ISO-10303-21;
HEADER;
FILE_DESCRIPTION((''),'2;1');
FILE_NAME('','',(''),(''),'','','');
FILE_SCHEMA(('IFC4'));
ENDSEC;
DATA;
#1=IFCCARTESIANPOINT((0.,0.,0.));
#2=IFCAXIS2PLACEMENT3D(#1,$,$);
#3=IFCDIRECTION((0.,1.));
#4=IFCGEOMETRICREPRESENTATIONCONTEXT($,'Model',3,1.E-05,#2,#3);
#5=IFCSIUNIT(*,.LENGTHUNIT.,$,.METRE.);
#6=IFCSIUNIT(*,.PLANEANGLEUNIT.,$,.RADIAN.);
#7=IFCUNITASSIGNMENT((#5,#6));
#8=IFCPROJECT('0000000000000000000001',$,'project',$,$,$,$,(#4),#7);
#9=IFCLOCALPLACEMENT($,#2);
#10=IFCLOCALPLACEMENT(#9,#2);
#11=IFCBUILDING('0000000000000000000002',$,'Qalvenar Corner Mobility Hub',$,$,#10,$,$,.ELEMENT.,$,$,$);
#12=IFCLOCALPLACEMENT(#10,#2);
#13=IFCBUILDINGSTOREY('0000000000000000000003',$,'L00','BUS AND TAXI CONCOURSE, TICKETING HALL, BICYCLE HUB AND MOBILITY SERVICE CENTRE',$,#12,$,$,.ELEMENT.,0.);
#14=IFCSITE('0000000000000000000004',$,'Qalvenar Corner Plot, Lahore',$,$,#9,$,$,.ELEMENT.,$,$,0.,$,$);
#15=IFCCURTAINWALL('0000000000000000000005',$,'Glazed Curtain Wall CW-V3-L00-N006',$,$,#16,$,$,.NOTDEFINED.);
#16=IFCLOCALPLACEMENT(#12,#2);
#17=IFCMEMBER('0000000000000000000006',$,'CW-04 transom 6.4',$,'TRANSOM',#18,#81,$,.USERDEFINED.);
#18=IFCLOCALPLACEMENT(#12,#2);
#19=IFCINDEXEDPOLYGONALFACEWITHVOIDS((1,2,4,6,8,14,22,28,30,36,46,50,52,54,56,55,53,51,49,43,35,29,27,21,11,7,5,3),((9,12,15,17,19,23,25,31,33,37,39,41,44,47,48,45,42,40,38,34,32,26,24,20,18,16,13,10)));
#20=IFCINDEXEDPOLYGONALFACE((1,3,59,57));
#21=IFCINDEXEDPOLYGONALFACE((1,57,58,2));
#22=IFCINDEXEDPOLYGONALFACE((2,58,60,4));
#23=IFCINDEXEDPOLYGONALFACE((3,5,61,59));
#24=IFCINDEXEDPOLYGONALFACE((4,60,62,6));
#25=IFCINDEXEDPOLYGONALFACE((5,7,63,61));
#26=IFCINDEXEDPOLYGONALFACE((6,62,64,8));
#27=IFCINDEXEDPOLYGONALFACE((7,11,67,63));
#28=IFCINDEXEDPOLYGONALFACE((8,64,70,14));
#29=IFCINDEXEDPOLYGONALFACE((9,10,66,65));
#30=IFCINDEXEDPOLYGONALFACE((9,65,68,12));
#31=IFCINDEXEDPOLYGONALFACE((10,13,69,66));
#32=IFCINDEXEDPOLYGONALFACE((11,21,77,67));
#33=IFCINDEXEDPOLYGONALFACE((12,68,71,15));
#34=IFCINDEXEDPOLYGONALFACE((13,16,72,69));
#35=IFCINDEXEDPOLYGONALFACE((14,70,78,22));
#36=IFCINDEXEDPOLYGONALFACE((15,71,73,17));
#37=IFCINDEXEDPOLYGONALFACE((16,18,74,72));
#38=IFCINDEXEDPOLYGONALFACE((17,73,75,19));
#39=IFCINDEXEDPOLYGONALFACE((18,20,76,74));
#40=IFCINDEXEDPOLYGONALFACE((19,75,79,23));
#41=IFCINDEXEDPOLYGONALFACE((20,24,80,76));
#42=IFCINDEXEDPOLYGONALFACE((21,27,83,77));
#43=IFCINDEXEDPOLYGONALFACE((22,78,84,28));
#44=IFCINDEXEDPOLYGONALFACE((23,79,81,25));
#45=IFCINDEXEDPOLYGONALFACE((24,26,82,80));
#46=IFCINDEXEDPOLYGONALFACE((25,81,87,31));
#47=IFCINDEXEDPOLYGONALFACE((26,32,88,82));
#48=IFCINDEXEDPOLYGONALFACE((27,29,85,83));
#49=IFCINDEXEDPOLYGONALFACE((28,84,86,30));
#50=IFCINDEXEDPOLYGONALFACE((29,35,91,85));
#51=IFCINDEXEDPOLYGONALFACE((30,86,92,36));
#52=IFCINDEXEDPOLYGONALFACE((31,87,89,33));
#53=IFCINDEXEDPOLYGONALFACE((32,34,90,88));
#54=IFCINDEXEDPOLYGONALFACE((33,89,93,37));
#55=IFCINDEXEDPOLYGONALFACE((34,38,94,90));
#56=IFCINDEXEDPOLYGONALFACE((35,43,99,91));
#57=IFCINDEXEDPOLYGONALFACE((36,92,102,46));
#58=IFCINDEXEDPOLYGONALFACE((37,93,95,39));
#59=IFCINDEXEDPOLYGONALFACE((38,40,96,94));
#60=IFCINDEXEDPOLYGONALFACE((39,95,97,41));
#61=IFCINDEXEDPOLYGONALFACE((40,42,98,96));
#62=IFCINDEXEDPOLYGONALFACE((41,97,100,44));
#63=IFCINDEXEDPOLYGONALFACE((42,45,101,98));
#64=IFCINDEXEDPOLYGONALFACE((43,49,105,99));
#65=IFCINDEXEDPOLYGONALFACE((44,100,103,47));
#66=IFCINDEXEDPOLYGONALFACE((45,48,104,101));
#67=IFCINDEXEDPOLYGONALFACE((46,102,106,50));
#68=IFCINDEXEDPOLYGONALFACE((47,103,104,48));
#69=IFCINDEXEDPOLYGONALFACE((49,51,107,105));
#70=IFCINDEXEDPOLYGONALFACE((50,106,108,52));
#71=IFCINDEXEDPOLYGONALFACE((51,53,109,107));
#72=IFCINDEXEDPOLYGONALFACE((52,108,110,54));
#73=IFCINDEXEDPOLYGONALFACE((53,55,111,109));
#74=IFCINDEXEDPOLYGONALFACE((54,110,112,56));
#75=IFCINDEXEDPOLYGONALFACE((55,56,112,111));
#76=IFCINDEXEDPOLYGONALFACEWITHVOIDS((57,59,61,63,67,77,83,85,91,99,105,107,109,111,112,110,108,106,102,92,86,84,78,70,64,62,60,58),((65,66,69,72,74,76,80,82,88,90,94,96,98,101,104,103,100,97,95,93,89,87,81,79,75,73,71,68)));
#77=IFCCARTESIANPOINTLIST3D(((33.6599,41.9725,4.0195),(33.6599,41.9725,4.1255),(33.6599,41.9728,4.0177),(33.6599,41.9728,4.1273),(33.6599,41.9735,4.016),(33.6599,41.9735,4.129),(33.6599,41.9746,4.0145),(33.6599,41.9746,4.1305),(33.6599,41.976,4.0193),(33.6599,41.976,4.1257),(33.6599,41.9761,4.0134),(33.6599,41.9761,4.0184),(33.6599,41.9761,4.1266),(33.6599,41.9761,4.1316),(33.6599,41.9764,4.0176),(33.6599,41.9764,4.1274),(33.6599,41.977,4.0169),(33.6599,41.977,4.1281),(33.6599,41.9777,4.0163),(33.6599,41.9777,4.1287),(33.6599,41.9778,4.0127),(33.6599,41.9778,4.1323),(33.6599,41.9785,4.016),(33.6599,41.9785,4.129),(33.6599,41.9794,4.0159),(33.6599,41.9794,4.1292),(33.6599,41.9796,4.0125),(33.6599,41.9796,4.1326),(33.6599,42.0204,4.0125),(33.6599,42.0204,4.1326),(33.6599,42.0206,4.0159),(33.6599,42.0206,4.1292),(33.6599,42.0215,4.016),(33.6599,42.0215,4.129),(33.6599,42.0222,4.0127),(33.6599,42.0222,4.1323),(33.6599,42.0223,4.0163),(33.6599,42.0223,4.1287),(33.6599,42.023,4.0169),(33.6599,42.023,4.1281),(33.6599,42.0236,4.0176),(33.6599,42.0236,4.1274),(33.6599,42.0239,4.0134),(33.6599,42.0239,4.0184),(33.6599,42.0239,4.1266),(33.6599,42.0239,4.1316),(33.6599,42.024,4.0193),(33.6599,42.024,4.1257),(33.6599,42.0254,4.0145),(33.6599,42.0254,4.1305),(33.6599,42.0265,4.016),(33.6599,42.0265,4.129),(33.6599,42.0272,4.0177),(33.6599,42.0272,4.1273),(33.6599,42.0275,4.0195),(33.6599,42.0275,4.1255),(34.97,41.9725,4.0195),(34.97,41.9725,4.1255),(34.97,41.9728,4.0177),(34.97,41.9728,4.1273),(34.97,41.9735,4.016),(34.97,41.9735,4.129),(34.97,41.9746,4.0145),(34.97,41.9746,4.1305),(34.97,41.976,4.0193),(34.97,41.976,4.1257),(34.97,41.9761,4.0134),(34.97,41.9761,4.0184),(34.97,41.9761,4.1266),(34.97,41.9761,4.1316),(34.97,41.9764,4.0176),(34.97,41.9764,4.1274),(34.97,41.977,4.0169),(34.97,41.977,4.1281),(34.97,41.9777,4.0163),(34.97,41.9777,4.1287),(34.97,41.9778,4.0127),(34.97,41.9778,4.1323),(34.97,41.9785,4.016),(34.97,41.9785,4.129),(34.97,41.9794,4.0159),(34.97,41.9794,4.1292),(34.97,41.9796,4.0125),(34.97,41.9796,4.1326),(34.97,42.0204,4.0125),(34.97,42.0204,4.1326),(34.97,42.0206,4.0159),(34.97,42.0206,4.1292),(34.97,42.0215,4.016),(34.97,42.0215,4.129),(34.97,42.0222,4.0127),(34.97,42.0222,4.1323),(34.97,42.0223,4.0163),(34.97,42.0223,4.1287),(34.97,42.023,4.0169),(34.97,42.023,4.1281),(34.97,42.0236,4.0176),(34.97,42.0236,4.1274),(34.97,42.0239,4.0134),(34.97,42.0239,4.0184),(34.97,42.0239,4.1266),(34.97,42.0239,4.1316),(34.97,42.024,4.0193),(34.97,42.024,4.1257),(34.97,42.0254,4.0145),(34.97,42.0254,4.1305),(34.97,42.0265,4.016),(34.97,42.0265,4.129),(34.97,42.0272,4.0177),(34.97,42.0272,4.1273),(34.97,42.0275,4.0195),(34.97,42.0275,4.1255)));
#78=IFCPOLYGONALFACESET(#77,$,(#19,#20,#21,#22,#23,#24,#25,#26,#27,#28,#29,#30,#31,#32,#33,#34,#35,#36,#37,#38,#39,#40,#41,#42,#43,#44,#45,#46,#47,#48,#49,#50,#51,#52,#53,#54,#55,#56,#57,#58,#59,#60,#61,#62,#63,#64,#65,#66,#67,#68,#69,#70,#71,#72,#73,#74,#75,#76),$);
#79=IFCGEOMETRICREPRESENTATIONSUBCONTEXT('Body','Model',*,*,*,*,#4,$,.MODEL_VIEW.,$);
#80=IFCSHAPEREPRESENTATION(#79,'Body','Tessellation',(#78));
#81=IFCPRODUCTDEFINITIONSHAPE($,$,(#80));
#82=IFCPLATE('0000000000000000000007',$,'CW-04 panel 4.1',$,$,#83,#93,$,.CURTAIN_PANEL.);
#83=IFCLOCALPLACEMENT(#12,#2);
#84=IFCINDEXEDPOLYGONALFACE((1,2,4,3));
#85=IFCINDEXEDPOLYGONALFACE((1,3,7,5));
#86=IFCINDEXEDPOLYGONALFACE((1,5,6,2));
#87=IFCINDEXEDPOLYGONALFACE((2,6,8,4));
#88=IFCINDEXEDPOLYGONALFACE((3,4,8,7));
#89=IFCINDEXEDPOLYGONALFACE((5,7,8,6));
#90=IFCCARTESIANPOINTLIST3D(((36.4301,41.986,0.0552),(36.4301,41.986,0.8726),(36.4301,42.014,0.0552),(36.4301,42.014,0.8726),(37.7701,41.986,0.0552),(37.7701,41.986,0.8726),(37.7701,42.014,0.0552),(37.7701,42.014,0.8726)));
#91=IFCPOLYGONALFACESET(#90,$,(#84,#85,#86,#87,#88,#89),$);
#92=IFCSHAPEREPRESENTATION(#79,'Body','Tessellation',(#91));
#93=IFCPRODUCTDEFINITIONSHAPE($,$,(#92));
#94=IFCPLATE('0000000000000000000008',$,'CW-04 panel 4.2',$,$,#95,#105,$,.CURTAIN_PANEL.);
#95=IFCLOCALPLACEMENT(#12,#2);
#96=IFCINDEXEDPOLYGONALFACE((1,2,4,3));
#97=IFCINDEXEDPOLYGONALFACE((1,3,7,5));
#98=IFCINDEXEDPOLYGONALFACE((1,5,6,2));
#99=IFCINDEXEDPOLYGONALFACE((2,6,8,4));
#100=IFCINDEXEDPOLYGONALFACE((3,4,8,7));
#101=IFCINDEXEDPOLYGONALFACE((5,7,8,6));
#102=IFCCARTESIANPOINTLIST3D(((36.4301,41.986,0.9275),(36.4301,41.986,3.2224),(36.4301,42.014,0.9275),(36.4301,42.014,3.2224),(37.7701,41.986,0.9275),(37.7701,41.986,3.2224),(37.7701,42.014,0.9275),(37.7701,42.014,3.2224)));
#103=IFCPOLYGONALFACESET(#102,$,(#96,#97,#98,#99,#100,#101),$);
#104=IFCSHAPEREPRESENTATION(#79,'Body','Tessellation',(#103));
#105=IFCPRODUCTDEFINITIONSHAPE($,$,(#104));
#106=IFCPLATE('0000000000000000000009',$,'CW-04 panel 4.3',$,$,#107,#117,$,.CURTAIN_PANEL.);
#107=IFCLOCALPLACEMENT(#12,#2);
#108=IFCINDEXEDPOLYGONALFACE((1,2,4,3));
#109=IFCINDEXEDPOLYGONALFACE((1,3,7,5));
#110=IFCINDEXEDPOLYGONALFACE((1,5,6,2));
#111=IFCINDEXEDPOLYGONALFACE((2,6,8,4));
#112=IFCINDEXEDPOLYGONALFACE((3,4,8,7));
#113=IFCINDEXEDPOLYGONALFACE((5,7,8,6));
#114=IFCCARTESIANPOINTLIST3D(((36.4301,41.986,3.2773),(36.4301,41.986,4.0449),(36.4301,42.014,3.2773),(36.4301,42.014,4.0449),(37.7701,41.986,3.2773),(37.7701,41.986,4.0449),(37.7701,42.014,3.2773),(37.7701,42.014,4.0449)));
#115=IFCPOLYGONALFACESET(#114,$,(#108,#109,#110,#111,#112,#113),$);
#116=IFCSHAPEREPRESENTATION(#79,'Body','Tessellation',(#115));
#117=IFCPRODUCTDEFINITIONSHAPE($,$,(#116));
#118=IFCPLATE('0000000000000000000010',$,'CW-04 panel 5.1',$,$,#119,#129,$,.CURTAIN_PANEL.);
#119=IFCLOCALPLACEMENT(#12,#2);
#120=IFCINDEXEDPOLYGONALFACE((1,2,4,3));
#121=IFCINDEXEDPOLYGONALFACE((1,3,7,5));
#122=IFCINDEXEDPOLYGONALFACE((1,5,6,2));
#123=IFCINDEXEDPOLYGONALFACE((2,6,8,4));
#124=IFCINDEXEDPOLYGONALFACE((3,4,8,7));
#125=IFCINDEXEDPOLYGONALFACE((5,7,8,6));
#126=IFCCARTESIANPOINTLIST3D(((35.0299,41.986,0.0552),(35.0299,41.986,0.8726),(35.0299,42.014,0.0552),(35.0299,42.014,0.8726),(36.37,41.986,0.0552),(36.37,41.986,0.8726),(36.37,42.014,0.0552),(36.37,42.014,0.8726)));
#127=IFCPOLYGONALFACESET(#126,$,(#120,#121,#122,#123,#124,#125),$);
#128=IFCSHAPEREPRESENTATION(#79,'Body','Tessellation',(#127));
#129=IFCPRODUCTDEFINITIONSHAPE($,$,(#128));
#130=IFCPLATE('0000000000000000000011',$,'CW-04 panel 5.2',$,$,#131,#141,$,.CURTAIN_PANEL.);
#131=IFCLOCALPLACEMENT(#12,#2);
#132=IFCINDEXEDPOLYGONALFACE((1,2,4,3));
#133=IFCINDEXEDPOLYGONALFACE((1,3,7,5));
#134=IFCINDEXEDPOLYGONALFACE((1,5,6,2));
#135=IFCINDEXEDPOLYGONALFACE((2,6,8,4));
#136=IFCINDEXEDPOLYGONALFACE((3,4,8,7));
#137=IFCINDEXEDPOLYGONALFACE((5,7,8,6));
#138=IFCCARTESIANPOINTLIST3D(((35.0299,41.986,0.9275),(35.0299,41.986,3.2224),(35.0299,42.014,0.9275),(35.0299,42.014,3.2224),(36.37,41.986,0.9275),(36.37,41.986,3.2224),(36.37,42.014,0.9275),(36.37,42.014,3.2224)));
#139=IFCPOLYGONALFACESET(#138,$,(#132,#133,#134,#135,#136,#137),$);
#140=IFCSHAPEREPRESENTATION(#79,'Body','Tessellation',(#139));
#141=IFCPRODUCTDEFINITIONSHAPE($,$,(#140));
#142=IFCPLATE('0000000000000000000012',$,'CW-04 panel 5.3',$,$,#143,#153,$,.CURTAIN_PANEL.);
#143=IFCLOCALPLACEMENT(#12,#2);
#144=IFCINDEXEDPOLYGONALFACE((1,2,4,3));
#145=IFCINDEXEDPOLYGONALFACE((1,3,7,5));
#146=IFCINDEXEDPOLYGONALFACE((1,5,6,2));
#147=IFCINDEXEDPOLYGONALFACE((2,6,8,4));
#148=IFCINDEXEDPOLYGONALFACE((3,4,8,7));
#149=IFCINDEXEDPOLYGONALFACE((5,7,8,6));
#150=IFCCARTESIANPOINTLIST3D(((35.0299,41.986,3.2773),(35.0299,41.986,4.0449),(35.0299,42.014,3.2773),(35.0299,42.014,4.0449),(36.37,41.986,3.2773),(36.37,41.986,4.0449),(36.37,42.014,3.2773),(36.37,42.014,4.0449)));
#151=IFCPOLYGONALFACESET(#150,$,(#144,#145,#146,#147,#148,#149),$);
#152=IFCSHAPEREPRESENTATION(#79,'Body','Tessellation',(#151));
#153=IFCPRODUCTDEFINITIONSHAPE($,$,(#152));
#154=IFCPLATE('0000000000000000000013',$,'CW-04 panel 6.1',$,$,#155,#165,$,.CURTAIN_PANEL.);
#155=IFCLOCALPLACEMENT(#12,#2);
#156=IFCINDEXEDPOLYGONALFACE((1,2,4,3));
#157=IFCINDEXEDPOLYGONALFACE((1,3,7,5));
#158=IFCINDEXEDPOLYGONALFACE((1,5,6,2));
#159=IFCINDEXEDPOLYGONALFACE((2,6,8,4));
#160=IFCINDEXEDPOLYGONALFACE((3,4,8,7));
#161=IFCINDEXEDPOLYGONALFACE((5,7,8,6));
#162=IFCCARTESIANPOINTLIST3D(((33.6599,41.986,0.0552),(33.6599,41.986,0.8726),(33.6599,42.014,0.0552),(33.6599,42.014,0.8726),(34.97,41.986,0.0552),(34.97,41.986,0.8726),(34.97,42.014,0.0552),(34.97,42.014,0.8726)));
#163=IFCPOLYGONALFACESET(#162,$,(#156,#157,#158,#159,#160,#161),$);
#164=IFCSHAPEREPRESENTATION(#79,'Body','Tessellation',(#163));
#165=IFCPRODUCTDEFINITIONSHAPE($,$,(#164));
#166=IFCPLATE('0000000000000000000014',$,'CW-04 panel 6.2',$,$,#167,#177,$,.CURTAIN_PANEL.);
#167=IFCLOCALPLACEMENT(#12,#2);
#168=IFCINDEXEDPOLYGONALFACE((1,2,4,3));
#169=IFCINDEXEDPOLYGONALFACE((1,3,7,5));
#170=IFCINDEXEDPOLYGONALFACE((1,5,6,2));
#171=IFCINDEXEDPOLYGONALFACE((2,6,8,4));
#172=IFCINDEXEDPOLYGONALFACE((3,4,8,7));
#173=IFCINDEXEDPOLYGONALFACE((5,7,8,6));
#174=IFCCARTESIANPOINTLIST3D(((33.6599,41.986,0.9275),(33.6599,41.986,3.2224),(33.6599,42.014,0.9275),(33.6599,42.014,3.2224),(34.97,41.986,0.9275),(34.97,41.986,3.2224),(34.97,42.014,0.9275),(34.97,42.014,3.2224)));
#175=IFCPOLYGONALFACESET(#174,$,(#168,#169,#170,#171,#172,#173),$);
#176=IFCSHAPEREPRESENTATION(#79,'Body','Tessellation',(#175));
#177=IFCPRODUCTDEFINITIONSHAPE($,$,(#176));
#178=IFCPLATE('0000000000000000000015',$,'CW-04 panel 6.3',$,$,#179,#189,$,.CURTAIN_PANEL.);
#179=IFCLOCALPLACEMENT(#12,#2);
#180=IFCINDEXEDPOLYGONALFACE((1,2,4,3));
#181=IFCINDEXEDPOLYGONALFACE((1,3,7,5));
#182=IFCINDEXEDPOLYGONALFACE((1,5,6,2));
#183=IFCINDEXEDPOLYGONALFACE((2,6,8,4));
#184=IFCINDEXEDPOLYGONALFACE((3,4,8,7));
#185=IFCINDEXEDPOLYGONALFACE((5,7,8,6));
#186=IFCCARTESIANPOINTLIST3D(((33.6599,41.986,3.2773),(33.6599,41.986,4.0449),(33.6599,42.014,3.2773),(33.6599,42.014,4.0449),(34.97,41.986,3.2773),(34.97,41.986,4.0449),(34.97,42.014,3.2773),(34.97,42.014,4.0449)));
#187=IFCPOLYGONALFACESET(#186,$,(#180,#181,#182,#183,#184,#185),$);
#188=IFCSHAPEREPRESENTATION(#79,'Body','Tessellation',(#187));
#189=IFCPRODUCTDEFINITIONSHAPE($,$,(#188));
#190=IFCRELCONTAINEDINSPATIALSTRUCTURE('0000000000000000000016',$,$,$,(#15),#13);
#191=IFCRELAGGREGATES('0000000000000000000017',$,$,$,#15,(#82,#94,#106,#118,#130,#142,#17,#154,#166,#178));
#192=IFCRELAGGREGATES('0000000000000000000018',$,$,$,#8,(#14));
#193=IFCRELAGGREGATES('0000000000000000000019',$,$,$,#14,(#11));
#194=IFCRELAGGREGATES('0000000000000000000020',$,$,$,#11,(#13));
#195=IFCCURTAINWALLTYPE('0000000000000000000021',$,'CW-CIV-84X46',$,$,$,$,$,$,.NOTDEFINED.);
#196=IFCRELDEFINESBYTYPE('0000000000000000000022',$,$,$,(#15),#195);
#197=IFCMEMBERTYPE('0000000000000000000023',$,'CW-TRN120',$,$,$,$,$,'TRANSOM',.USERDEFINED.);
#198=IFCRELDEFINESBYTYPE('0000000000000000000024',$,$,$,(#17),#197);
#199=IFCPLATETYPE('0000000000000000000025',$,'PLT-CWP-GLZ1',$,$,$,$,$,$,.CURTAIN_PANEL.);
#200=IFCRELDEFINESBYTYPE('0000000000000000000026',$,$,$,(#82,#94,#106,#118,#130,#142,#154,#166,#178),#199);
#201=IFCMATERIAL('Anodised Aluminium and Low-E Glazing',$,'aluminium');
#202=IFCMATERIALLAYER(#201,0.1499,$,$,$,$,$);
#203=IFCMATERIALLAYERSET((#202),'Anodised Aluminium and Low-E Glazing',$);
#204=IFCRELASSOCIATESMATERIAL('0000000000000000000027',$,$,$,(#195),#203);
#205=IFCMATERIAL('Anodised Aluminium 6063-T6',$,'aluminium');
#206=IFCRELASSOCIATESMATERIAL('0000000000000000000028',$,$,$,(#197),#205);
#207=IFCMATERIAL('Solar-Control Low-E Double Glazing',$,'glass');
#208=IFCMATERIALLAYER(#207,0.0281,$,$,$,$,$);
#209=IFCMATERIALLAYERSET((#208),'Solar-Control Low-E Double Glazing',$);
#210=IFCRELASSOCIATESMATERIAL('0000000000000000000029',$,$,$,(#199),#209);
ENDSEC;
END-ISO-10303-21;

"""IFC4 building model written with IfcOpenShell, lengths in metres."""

from ifc_helpers import new_model, si_unit, direction, frame, origin, origin_2d, place, context, subcontext, project, spatial, rectangle, hollow_rectangle, extrude, material, layer, layer_set, material_profile, profile_set, type_object, element, aggregate, save


model = new_model("IFC4")

# Units and contexts
model_context = context("Model", 3, precision=1e-05, world=origin(), true_north=direction((0.0, 1.0)))
body_context = subcontext(model_context, "Body", "Model", "MODEL_VIEW")
ifc_project = project(units=[si_unit("LENGTHUNIT", "METRE"), si_unit("PLANEANGLEUNIT", "RADIAN")], contexts=[model_context])

# Site, building, storey
site_placement = place(None, origin())
site = spatial("IfcSite", under=ifc_project, at=site_placement, Name="Qalvenar Corner Plot, Lahore", CompositionType="ELEMENT", RefElevation=0.0)
building_placement = place(site_placement, origin())
building = spatial("IfcBuilding", under=site, at=building_placement, Name="Qalvenar Corner Mobility Hub", CompositionType="ELEMENT")
storey_placement = place(building_placement, origin())
storey = spatial("IfcBuildingStorey", under=building, at=storey_placement, Name="L00", Description="BUS AND TAXI CONCOURSE, TICKETING HALL, BICYCLE HUB AND MOBILITY SERVICE CENTRE", CompositionType="ELEMENT", Elevation=0.0)

# Curtain wall, member, plates
ifc_material_1 = material(Name="Anodised Aluminium and Low-E Glazing", Category="aluminium")
ifc_layer_1 = layer(ifc_material_1, 0.1499)
ifc_layer_set_1 = layer_set([ifc_layer_1], Name="Anodised Aluminium and Low-E Glazing")
curtain_wall_type = type_object("IfcCurtainWallType", Name="CW-CIV-84X46", PredefinedType="NOTDEFINED", material=ifc_layer_set_1)
curtain_wall_placement = place(storey_placement, origin())
curtain_wall = element("IfcCurtainWall", 1, at=curtain_wall_placement, inside=storey, type_object=curtain_wall_type, Name="Glazed Curtain Wall CW-V3-L00-N006", PredefinedType="NOTDEFINED")
ifc_material_2 = material(Name="Anodised Aluminium 6063-T6", Category="aluminium")
ifc_material_profile_1 = material_profile(ifc_material_2, hollow_rectangle(XDim=0.0549, YDim=0.1201, WallThickness=0.0034, InnerFilletRadius=0.0034, OuterFilletRadius=0.0071, at=origin_2d()), Name="RHS120x55x3.5")
ifc_profile_set_1 = profile_set([ifc_material_profile_1], Name="Anodised Aluminium 6063-T6")
member_type_1 = type_object("IfcMemberType", Name="CW-TRN120", ElementType="TRANSOM", PredefinedType="USERDEFINED", material=ifc_profile_set_1)
member_1_placement = place(storey_placement, frame((34.97, 42.0, 4.0725), z_axis=(-1.0, 0.0, 0.0), x_axis=(0.0, -1.0, 0.0)))
member_1 = element("IfcMember", 2, at=member_1_placement, type_object=member_type_1, Name="CW-04 transom 6.4", ObjectType="TRANSOM", PredefinedType="USERDEFINED", context=body_context, shape_type="SweptSolid", body=[
    extrude(hollow_rectangle(XDim=0.0549, YDim=0.1201, WallThickness=0.0034, InnerFilletRadius=0.0034, OuterFilletRadius=0.0071, at=origin_2d()), origin(), (0.0, 0.0, 1.0), 1.3101),
])
ifc_material_3 = material(Name="Solar-Control Low-E Double Glazing", Category="glass")
ifc_layer_2 = layer(ifc_material_3, 0.0281)
ifc_layer_set_2 = layer_set([ifc_layer_2], Name="Solar-Control Low-E Double Glazing")
plate_type = type_object("IfcPlateType", Name="PLT-CWP-GLZ1", PredefinedType="CURTAIN_PANEL", material=ifc_layer_set_2)
plate_1_placement = place(storey_placement, frame((37.1001, 42.0, 0.0552), z_axis=(0.0, 0.0, 1.0), x_axis=(-1.0, 0.0, 0.0)))
plate_1 = element("IfcPlate", 3, at=plate_1_placement, type_object=plate_type, Name="CW-04 panel 4.1", PredefinedType="CURTAIN_PANEL", context=body_context, shape_type="SweptSolid", body=[
    extrude(rectangle(XDim=1.3401, YDim=0.0281, at=origin_2d()), origin(), (0.0, 0.0, 1.0), 0.8174),
])
plate_2_placement = place(storey_placement, frame((37.1001, 42.0, 0.9275), z_axis=(0.0, 0.0, 1.0), x_axis=(-1.0, 0.0, 0.0)))
plate_2 = element("IfcPlate", 4, at=plate_2_placement, type_object=plate_type, Name="CW-04 panel 4.2", PredefinedType="CURTAIN_PANEL", context=body_context, shape_type="SweptSolid", body=[
    extrude(rectangle(XDim=1.3401, YDim=0.0281, at=origin_2d()), origin(), (0.0, 0.0, 1.0), 2.2949),
])
plate_3_placement = place(storey_placement, frame((37.1001, 42.0, 3.2773), z_axis=(0.0, 0.0, 1.0), x_axis=(-1.0, 0.0, 0.0)))
plate_3 = element("IfcPlate", 5, at=plate_3_placement, type_object=plate_type, Name="CW-04 panel 4.3", PredefinedType="CURTAIN_PANEL", context=body_context, shape_type="SweptSolid", body=[
    extrude(rectangle(XDim=1.3401, YDim=0.0281, at=origin_2d()), origin(), (0.0, 0.0, 1.0), 0.7676),
])
plate_4_placement = place(storey_placement, frame((35.7, 42.0, 0.0552), z_axis=(0.0, 0.0, 1.0), x_axis=(-1.0, 0.0, 0.0)))
plate_4 = element("IfcPlate", 6, at=plate_4_placement, type_object=plate_type, Name="CW-04 panel 5.1", PredefinedType="CURTAIN_PANEL", context=body_context, shape_type="SweptSolid", body=[
    extrude(rectangle(XDim=1.3401, YDim=0.0281, at=origin_2d()), origin(), (0.0, 0.0, 1.0), 0.8174),
])
plate_5_placement = place(storey_placement, frame((35.7, 42.0, 0.9275), z_axis=(0.0, 0.0, 1.0), x_axis=(-1.0, 0.0, 0.0)))
plate_5 = element("IfcPlate", 7, at=plate_5_placement, type_object=plate_type, Name="CW-04 panel 5.2", PredefinedType="CURTAIN_PANEL", context=body_context, shape_type="SweptSolid", body=[
    extrude(rectangle(XDim=1.3401, YDim=0.0281, at=origin_2d()), origin(), (0.0, 0.0, 1.0), 2.2949),
])
plate_6_placement = place(storey_placement, frame((35.7, 42.0, 3.2773), z_axis=(0.0, 0.0, 1.0), x_axis=(-1.0, 0.0, 0.0)))
plate_6 = element("IfcPlate", 8, at=plate_6_placement, type_object=plate_type, Name="CW-04 panel 5.3", PredefinedType="CURTAIN_PANEL", context=body_context, shape_type="SweptSolid", body=[
    extrude(rectangle(XDim=1.3401, YDim=0.0281, at=origin_2d()), origin(), (0.0, 0.0, 1.0), 0.7676),
])
plate_7_placement = place(storey_placement, frame((34.3149, 42.0, 0.0552), z_axis=(0.0, 0.0, 1.0), x_axis=(-1.0, 0.0, 0.0)))
plate_7 = element("IfcPlate", 9, at=plate_7_placement, type_object=plate_type, Name="CW-04 panel 6.1", PredefinedType="CURTAIN_PANEL", context=body_context, shape_type="SweptSolid", body=[
    extrude(rectangle(XDim=1.3101, YDim=0.0281, at=origin_2d()), origin(), (0.0, 0.0, 1.0), 0.8174),
])
plate_8_placement = place(storey_placement, frame((34.3149, 42.0, 0.9275), z_axis=(0.0, 0.0, 1.0), x_axis=(-1.0, 0.0, 0.0)))
plate_8 = element("IfcPlate", 10, at=plate_8_placement, type_object=plate_type, Name="CW-04 panel 6.2", PredefinedType="CURTAIN_PANEL", context=body_context, shape_type="SweptSolid", body=[
    extrude(rectangle(XDim=1.3101, YDim=0.0281, at=origin_2d()), origin(), (0.0, 0.0, 1.0), 2.2949),
])
plate_9_placement = place(storey_placement, frame((34.3149, 42.0, 3.2773), z_axis=(0.0, 0.0, 1.0), x_axis=(-1.0, 0.0, 0.0)))
plate_9 = element("IfcPlate", 11, at=plate_9_placement, type_object=plate_type, Name="CW-04 panel 6.3", PredefinedType="CURTAIN_PANEL", context=body_context, shape_type="SweptSolid", body=[
    extrude(rectangle(XDim=1.3101, YDim=0.0281, at=origin_2d()), origin(), (0.0, 0.0, 1.0), 0.7676),
])
aggregate(curtain_wall, [plate_1, plate_2, plate_3, plate_4, plate_5, plate_6, member_1, plate_7, plate_8, plate_9])

save(model, "model.ifc")
